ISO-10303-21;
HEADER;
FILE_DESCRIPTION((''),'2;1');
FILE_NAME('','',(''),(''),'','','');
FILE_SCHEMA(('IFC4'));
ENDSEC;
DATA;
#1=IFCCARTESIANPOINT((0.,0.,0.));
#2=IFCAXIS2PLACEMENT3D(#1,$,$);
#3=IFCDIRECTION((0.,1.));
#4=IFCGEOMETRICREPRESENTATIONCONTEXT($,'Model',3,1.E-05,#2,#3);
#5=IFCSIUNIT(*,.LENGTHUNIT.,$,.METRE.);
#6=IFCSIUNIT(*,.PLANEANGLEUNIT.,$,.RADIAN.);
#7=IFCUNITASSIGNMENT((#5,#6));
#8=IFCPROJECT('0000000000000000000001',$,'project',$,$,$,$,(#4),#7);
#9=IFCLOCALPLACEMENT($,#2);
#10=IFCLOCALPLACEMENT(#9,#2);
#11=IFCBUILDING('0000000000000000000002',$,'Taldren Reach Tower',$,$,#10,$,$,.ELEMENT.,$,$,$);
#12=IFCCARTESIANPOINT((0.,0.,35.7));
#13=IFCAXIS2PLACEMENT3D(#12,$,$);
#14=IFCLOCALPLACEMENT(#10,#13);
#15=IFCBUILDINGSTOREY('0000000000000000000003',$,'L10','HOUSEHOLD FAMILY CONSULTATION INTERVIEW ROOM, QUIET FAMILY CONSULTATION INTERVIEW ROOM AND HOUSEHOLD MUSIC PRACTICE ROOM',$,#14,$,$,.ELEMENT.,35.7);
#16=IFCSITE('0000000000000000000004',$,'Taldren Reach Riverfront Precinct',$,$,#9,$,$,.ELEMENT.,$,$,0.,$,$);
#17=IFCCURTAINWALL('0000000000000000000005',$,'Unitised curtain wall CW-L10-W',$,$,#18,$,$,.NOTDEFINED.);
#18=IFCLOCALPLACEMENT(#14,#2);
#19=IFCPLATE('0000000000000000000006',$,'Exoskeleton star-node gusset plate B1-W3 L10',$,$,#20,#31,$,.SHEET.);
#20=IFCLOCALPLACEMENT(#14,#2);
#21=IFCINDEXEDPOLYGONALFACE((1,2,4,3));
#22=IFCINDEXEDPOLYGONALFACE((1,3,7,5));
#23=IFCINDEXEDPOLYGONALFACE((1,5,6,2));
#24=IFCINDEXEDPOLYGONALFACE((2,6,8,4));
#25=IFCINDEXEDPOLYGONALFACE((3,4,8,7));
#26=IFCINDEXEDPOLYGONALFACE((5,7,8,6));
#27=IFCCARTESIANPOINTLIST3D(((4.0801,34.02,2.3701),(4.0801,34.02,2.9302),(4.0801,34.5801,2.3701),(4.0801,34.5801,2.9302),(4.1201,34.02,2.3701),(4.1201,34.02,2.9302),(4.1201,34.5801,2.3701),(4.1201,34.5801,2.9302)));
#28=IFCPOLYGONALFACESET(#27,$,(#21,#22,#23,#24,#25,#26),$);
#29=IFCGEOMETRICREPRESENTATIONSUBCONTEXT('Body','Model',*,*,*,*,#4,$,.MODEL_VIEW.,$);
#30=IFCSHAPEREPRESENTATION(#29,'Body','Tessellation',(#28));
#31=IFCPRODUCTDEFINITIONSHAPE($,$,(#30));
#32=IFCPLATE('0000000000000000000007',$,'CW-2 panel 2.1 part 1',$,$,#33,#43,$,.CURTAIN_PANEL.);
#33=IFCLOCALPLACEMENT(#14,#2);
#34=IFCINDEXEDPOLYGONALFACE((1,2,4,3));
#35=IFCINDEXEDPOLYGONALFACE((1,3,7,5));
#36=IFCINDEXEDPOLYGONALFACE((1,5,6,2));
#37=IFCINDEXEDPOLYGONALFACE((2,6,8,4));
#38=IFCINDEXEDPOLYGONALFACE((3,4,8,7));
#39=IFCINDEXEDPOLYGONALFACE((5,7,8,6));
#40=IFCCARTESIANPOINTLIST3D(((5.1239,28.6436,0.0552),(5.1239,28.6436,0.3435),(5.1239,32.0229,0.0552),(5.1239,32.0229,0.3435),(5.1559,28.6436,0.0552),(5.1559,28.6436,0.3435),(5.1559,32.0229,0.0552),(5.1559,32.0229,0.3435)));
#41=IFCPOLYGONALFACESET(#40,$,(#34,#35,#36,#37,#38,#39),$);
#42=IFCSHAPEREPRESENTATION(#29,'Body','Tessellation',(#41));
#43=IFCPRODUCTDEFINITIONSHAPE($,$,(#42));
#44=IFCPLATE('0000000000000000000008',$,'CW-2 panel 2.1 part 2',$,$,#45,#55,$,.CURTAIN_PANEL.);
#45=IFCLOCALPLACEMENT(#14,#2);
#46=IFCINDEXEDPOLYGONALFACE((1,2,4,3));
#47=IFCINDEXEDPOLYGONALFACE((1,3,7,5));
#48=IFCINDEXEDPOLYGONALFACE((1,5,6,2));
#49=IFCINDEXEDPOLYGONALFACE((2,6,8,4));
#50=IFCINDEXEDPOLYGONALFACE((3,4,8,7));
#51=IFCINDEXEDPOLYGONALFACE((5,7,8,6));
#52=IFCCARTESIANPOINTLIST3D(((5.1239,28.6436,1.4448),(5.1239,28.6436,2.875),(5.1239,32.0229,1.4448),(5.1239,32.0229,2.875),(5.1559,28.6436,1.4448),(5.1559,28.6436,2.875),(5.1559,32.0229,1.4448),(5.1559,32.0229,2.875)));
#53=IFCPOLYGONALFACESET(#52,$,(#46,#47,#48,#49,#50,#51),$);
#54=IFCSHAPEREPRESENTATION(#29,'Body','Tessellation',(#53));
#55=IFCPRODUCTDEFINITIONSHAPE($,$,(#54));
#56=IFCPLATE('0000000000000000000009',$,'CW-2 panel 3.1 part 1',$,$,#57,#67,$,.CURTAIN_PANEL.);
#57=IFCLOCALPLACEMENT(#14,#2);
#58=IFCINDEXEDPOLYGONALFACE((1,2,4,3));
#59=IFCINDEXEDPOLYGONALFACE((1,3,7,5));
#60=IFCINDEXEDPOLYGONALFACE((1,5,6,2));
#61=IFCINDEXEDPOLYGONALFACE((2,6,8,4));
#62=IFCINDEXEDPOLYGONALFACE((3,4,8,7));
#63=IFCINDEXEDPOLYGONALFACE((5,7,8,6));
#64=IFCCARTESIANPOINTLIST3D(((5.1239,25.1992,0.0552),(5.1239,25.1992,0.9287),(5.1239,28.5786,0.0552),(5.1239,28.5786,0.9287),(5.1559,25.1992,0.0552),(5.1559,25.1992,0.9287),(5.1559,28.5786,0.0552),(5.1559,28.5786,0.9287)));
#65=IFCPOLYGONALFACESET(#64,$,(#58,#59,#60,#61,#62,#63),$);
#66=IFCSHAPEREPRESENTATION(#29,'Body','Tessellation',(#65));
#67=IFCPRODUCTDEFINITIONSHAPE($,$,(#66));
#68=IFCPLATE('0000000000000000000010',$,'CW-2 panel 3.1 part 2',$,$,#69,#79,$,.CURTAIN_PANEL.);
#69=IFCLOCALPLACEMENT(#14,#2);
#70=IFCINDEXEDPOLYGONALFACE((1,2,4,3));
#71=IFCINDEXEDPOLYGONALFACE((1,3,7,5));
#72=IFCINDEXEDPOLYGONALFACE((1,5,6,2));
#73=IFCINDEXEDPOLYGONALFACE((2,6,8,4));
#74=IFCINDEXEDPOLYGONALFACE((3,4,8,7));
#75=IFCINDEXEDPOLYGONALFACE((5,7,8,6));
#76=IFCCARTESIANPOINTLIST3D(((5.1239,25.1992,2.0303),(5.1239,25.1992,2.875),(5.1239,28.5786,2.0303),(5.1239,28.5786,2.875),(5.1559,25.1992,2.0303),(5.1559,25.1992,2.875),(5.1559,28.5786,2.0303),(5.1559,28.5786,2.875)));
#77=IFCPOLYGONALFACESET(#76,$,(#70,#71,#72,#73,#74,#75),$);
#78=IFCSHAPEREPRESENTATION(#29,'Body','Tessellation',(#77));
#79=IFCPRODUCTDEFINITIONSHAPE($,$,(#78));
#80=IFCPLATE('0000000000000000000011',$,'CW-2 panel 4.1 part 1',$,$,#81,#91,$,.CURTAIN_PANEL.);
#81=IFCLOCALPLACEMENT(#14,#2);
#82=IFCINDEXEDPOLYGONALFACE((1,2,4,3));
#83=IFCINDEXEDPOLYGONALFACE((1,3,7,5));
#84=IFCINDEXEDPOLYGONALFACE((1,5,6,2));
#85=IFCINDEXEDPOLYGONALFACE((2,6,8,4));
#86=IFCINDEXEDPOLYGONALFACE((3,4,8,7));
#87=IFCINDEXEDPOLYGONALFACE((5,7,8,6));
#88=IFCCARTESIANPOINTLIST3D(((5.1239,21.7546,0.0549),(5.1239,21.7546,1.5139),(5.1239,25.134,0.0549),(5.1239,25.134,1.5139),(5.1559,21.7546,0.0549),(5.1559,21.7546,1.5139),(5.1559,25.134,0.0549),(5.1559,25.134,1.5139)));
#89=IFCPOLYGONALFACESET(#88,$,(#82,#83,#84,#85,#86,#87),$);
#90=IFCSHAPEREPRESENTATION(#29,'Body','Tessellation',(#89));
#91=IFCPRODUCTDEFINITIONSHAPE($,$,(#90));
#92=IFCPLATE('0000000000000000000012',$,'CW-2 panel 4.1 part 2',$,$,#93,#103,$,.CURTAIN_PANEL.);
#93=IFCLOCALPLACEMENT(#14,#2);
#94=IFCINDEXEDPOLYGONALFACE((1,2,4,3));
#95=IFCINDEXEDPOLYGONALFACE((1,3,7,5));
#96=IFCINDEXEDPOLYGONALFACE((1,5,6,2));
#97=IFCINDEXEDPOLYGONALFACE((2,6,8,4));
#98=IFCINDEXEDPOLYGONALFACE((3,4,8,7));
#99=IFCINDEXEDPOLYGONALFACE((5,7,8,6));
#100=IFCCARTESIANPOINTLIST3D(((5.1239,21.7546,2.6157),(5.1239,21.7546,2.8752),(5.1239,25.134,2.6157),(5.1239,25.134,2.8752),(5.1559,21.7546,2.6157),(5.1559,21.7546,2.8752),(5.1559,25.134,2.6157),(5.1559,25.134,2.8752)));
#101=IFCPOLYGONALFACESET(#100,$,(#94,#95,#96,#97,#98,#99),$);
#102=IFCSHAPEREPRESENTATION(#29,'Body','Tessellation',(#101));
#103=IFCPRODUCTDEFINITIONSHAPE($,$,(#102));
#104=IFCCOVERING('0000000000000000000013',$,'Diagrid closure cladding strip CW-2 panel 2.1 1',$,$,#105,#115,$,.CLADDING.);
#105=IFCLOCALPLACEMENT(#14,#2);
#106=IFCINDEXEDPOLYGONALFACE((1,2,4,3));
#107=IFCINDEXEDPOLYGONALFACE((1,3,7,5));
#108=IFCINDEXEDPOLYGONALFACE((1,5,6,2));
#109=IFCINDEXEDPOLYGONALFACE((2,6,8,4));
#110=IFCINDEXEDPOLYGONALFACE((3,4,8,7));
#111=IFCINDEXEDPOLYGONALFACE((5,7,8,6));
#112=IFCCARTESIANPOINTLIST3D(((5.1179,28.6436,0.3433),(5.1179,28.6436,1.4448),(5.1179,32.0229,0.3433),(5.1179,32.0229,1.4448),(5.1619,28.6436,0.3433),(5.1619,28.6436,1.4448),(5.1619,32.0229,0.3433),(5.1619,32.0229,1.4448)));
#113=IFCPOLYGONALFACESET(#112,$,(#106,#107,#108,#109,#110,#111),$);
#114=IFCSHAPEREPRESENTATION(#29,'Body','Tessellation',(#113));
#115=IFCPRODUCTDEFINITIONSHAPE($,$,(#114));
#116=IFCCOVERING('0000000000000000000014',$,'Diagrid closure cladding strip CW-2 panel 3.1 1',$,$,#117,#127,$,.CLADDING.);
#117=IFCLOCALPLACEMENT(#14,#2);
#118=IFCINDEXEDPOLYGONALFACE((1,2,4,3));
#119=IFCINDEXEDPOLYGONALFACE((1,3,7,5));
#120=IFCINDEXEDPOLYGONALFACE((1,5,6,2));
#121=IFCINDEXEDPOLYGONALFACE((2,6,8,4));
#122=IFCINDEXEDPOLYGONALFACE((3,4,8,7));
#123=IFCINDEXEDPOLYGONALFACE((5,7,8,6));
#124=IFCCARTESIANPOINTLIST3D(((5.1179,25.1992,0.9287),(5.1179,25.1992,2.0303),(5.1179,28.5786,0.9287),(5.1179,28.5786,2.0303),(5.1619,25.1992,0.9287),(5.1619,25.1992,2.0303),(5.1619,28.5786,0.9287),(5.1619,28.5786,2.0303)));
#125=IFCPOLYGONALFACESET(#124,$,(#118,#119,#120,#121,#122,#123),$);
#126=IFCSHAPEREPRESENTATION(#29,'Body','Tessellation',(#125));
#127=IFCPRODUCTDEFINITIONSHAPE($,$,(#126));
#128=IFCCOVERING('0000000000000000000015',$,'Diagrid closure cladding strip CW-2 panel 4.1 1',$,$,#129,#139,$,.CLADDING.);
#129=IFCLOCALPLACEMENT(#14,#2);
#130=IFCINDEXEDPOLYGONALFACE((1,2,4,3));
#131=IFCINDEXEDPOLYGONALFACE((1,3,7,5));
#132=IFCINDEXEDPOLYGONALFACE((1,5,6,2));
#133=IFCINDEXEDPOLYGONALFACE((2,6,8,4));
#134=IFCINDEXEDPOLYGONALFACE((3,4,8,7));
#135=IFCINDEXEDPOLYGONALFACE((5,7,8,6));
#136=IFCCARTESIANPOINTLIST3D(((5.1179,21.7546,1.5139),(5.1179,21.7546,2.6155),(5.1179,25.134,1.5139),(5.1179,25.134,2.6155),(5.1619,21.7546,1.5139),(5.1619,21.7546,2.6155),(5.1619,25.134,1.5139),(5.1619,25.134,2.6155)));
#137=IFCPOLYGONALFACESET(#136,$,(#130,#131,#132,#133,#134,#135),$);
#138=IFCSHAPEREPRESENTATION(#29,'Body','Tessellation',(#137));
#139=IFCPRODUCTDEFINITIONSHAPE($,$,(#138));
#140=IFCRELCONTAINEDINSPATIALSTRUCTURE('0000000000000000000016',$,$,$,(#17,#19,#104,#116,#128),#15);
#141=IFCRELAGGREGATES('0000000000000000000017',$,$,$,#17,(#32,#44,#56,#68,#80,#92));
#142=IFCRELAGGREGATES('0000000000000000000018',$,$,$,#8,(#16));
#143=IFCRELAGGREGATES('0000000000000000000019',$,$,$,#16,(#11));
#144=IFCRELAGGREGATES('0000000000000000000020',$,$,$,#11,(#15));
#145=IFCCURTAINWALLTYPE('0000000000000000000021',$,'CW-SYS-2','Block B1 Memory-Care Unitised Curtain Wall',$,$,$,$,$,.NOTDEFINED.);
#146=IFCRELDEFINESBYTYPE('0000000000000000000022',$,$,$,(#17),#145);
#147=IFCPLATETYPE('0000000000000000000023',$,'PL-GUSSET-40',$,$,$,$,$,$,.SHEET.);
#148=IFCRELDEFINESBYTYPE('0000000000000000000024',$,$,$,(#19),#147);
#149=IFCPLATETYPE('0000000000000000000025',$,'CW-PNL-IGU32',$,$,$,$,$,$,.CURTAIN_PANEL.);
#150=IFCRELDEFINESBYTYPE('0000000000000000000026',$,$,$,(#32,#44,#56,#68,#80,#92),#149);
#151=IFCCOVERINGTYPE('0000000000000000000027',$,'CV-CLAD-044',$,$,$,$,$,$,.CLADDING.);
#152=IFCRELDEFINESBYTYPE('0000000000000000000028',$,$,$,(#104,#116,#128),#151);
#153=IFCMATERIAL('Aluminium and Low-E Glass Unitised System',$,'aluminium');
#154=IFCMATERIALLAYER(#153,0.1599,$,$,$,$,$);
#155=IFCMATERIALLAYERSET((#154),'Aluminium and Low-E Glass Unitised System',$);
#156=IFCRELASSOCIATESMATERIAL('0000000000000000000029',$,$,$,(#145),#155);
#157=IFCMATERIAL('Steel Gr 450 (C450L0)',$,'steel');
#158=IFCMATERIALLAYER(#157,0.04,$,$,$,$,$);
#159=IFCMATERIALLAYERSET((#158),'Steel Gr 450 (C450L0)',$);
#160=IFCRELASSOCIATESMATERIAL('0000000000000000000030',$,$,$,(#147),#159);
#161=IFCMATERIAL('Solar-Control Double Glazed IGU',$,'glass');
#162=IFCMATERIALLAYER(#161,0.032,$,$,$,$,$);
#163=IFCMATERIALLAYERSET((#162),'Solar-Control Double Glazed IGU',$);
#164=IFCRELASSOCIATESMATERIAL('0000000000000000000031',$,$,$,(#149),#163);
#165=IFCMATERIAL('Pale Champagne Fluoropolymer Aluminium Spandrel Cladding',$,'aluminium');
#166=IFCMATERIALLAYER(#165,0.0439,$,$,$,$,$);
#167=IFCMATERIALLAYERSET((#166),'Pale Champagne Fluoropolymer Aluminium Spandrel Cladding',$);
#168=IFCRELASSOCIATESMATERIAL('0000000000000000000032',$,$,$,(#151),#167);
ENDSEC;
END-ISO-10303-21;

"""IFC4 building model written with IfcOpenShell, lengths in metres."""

from ifc_helpers import new_model, si_unit, direction, frame, origin, origin_2d, place, context, subcontext, project, spatial, rectangle, extrude, source, transform, mapped, material, layer, layer_set, type_object, element, aggregate, save


model = new_model("IFC4")

# Units and contexts
model_context = context("Model", 3, precision=1e-05, world=origin(), true_north=direction((0.0, 1.0)))
body_context = subcontext(model_context, "Body", "Model", "MODEL_VIEW")
ifc_project = project(units=[si_unit("LENGTHUNIT", "METRE"), si_unit("PLANEANGLEUNIT", "RADIAN")], contexts=[model_context])

# Site, building, storey
site_placement = place(None, origin())
site = spatial("IfcSite", under=ifc_project, at=site_placement, Name="Taldren Reach Riverfront Precinct", CompositionType="ELEMENT", RefElevation=0.0)
building_placement = place(site_placement, origin())
building = spatial("IfcBuilding", under=site, at=building_placement, Name="Taldren Reach Tower", CompositionType="ELEMENT")
storey_placement = place(building_placement, frame((0.0, 0.0, 35.7)))
storey = spatial("IfcBuildingStorey", under=building, at=storey_placement, Name="L10", Description="HOUSEHOLD FAMILY CONSULTATION INTERVIEW ROOM, QUIET FAMILY CONSULTATION INTERVIEW ROOM AND HOUSEHOLD MUSIC PRACTICE ROOM", CompositionType="ELEMENT", Elevation=35.7)

# Shared definitions
ifc_material_1 = material(Name="Steel Gr 450 (C450L0)", Category="steel")

# Curtain wall
ifc_material_2 = material(Name="Aluminium and Low-E Glass Unitised System", Category="aluminium")
ifc_layer_1 = layer(ifc_material_2, 0.1599)
ifc_layer_set_1 = layer_set([ifc_layer_1], Name="Aluminium and Low-E Glass Unitised System")
curtain_wall_type = type_object("IfcCurtainWallType", Name="CW-SYS-2", Description="Block B1 Memory-Care Unitised Curtain Wall", PredefinedType="NOTDEFINED", material=ifc_layer_set_1)
curtain_wall_placement = place(storey_placement, origin())
curtain_wall = element("IfcCurtainWall", 1, at=curtain_wall_placement, inside=storey, type_object=curtain_wall_type, Name="Unitised curtain wall CW-L10-W", PredefinedType="NOTDEFINED")

# Plates
ifc_layer_2 = layer(ifc_material_1, 0.04)
ifc_layer_set_2 = layer_set([ifc_layer_2], Name="Steel Gr 450 (C450L0)")
plate_type_1 = type_object("IfcPlateType", Name="PL-GUSSET-40", PredefinedType="SHEET", material=ifc_layer_set_2)
shared_shape_1 = source(origin(), body_context, "Body", "SweptSolid", [
    extrude(rectangle(XDim=0.5601, YDim=0.04, at=origin_2d()), origin(), (0.0, 0.0, 1.0), 0.5601),
])
plate_1_placement = place(storey_placement, frame((4.1001, 34.3, 2.3701), z_axis=(0.0, 0.0, 1.0), x_axis=(0.0, 1.0, 0.0)))
element("IfcPlate", 2, at=plate_1_placement, inside=storey, type_object=plate_type_1, Name="Exoskeleton star-node gusset plate B1-W3 L10", PredefinedType="SHEET", context=body_context, shape_type="MappedRepresentation", body=[
    mapped(shared_shape_1, transform((0.0, 0.0, 0.0), scale=1.0)),
])
ifc_material_3 = material(Name="Solar-Control Double Glazed IGU", Category="glass")
ifc_layer_3 = layer(ifc_material_3, 0.032)
ifc_layer_set_3 = layer_set([ifc_layer_3], Name="Solar-Control Double Glazed IGU")
plate_type_2 = type_object("IfcPlateType", Name="CW-PNL-IGU32", PredefinedType="CURTAIN_PANEL", material=ifc_layer_set_3)
shared_shape_2 = source(origin(), body_context, "Body", "SweptSolid", [
    extrude(rectangle(XDim=3.3794, YDim=0.032, at=origin_2d()), origin(), (0.0, 0.0, 1.0), 0.2883),
])
plate_2_placement = place(storey_placement, frame((5.1399, 30.3333, 0.0552), z_axis=(0.0, 0.0, 1.0), x_axis=(0.0, -1.0, 0.0)))
plate_2 = element("IfcPlate", 3, at=plate_2_placement, type_object=plate_type_2, Name="CW-2 panel 2.1 part 1", PredefinedType="CURTAIN_PANEL", context=body_context, shape_type="MappedRepresentation", body=[
    mapped(shared_shape_2, transform((0.0, 0.0, 0.0), scale=1.0)),
])
shared_shape_3 = source(origin(), body_context, "Body", "SweptSolid", [
    extrude(rectangle(XDim=3.3794, YDim=0.032, at=origin_2d()), origin(), (0.0, 0.0, 1.0), 1.4302),
])
plate_3_placement = place(storey_placement, frame((5.1399, 30.3333, 1.4448), z_axis=(0.0, 0.0, 1.0), x_axis=(0.0, -1.0, 0.0)))
plate_3 = element("IfcPlate", 4, at=plate_3_placement, type_object=plate_type_2, Name="CW-2 panel 2.1 part 2", PredefinedType="CURTAIN_PANEL", context=body_context, shape_type="MappedRepresentation", body=[
    mapped(shared_shape_3, transform((0.0, 0.0, 0.0), scale=1.0)),
])
shared_shape_4 = source(origin(), body_context, "Body", "SweptSolid", [
    extrude(rectangle(XDim=3.3794, YDim=0.032, at=origin_2d()), origin(), (0.0, 0.0, 1.0), 0.8735),
])
plate_4_placement = place(storey_placement, frame((5.1399, 26.8889, 0.0552), z_axis=(0.0, 0.0, 1.0), x_axis=(0.0, -1.0, 0.0)))
plate_4 = element("IfcPlate", 5, at=plate_4_placement, type_object=plate_type_2, Name="CW-2 panel 3.1 part 1", PredefinedType="CURTAIN_PANEL", context=body_context, shape_type="MappedRepresentation", body=[
    mapped(shared_shape_4, transform((0.0, 0.0, 0.0), scale=1.0)),
])
shared_shape_5 = source(origin(), body_context, "Body", "SweptSolid", [
    extrude(rectangle(XDim=3.3794, YDim=0.032, at=origin_2d()), origin(), (0.0, 0.0, 1.0), 0.8447),
])
plate_5_placement = place(storey_placement, frame((5.1399, 26.8889, 2.0303), z_axis=(0.0, 0.0, 1.0), x_axis=(0.0, -1.0, 0.0)))
plate_5 = element("IfcPlate", 6, at=plate_5_placement, type_object=plate_type_2, Name="CW-2 panel 3.1 part 2", PredefinedType="CURTAIN_PANEL", context=body_context, shape_type="MappedRepresentation", body=[
    mapped(shared_shape_5, transform((0.0, 0.0, 0.0), scale=1.0)),
])
shared_shape_6 = source(origin(), body_context, "Body", "SweptSolid", [
    extrude(rectangle(XDim=3.3794, YDim=0.032, at=origin_2d()), origin(), (0.0, 0.0, 1.0), 1.459),
])
plate_6_placement = place(storey_placement, frame((5.1399, 23.4443, 0.0549), z_axis=(0.0, 0.0, 1.0), x_axis=(0.0, -1.0, 0.0)))
plate_6 = element("IfcPlate", 7, at=plate_6_placement, type_object=plate_type_2, Name="CW-2 panel 4.1 part 1", PredefinedType="CURTAIN_PANEL", context=body_context, shape_type="MappedRepresentation", body=[
    mapped(shared_shape_6, transform((0.0, 0.0, 0.0), scale=1.0)),
])
shared_shape_7 = source(origin(), body_context, "Body", "SweptSolid", [
    extrude(rectangle(XDim=3.3794, YDim=0.032, at=origin_2d()), origin(), (0.0, 0.0, 1.0), 0.2595),
])
plate_7_placement = place(storey_placement, frame((5.1399, 23.4443, 2.6157), z_axis=(0.0, 0.0, 1.0), x_axis=(0.0, -1.0, 0.0)))
plate_7 = element("IfcPlate", 8, at=plate_7_placement, type_object=plate_type_2, Name="CW-2 panel 4.1 part 2", PredefinedType="CURTAIN_PANEL", context=body_context, shape_type="MappedRepresentation", body=[
    mapped(shared_shape_7, transform((0.0, 0.0, 0.0), scale=1.0)),
])
aggregate(curtain_wall, [plate_2, plate_3, plate_4, plate_5, plate_6, plate_7])

# Coverings
ifc_material_4 = material(Name="Pale Champagne Fluoropolymer Aluminium Spandrel Cladding", Category="aluminium")
ifc_layer_4 = layer(ifc_material_4, 0.0439)
ifc_layer_set_4 = layer_set([ifc_layer_4], Name="Pale Champagne Fluoropolymer Aluminium Spandrel Cladding")
covering_type = type_object("IfcCoveringType", Name="CV-CLAD-044", PredefinedType="CLADDING", material=ifc_layer_set_4)
shared_shape_8 = source(origin(), body_context, "Body", "SweptSolid", [
    extrude(rectangle(XDim=3.3794, YDim=0.0439, at=origin_2d()), origin(), (0.0, 0.0, 1.0), 1.1016),
])
for number, where, z_axis, x_axis, name in (
    (9, (5.1399, 30.3333, 0.3433), (0.0, 0.0, 1.0), (0.0, -1.0, 0.0), "Diagrid closure cladding strip CW-2 panel 2.1 1"),
    (10, (5.1399, 26.8889, 0.9287), (0.0, 0.0, 1.0), (0.0, -1.0, 0.0), "Diagrid closure cladding strip CW-2 panel 3.1 1"),
    (11, (5.1399, 23.4443, 1.5139), (0.0, 0.0, 1.0), (0.0, -1.0, 0.0), "Diagrid closure cladding strip CW-2 panel 4.1 1"),
):
    element("IfcCovering", number, at=place(storey_placement, frame(where, z_axis=z_axis, x_axis=x_axis)), inside=storey, type_object=covering_type, Name=name, PredefinedType="CLADDING", context=body_context, shape_type="MappedRepresentation", body=[
        mapped(shared_shape_8, transform((0.0, 0.0, 0.0), scale=1.0)),
    ])

save(model, "model.ifc")
